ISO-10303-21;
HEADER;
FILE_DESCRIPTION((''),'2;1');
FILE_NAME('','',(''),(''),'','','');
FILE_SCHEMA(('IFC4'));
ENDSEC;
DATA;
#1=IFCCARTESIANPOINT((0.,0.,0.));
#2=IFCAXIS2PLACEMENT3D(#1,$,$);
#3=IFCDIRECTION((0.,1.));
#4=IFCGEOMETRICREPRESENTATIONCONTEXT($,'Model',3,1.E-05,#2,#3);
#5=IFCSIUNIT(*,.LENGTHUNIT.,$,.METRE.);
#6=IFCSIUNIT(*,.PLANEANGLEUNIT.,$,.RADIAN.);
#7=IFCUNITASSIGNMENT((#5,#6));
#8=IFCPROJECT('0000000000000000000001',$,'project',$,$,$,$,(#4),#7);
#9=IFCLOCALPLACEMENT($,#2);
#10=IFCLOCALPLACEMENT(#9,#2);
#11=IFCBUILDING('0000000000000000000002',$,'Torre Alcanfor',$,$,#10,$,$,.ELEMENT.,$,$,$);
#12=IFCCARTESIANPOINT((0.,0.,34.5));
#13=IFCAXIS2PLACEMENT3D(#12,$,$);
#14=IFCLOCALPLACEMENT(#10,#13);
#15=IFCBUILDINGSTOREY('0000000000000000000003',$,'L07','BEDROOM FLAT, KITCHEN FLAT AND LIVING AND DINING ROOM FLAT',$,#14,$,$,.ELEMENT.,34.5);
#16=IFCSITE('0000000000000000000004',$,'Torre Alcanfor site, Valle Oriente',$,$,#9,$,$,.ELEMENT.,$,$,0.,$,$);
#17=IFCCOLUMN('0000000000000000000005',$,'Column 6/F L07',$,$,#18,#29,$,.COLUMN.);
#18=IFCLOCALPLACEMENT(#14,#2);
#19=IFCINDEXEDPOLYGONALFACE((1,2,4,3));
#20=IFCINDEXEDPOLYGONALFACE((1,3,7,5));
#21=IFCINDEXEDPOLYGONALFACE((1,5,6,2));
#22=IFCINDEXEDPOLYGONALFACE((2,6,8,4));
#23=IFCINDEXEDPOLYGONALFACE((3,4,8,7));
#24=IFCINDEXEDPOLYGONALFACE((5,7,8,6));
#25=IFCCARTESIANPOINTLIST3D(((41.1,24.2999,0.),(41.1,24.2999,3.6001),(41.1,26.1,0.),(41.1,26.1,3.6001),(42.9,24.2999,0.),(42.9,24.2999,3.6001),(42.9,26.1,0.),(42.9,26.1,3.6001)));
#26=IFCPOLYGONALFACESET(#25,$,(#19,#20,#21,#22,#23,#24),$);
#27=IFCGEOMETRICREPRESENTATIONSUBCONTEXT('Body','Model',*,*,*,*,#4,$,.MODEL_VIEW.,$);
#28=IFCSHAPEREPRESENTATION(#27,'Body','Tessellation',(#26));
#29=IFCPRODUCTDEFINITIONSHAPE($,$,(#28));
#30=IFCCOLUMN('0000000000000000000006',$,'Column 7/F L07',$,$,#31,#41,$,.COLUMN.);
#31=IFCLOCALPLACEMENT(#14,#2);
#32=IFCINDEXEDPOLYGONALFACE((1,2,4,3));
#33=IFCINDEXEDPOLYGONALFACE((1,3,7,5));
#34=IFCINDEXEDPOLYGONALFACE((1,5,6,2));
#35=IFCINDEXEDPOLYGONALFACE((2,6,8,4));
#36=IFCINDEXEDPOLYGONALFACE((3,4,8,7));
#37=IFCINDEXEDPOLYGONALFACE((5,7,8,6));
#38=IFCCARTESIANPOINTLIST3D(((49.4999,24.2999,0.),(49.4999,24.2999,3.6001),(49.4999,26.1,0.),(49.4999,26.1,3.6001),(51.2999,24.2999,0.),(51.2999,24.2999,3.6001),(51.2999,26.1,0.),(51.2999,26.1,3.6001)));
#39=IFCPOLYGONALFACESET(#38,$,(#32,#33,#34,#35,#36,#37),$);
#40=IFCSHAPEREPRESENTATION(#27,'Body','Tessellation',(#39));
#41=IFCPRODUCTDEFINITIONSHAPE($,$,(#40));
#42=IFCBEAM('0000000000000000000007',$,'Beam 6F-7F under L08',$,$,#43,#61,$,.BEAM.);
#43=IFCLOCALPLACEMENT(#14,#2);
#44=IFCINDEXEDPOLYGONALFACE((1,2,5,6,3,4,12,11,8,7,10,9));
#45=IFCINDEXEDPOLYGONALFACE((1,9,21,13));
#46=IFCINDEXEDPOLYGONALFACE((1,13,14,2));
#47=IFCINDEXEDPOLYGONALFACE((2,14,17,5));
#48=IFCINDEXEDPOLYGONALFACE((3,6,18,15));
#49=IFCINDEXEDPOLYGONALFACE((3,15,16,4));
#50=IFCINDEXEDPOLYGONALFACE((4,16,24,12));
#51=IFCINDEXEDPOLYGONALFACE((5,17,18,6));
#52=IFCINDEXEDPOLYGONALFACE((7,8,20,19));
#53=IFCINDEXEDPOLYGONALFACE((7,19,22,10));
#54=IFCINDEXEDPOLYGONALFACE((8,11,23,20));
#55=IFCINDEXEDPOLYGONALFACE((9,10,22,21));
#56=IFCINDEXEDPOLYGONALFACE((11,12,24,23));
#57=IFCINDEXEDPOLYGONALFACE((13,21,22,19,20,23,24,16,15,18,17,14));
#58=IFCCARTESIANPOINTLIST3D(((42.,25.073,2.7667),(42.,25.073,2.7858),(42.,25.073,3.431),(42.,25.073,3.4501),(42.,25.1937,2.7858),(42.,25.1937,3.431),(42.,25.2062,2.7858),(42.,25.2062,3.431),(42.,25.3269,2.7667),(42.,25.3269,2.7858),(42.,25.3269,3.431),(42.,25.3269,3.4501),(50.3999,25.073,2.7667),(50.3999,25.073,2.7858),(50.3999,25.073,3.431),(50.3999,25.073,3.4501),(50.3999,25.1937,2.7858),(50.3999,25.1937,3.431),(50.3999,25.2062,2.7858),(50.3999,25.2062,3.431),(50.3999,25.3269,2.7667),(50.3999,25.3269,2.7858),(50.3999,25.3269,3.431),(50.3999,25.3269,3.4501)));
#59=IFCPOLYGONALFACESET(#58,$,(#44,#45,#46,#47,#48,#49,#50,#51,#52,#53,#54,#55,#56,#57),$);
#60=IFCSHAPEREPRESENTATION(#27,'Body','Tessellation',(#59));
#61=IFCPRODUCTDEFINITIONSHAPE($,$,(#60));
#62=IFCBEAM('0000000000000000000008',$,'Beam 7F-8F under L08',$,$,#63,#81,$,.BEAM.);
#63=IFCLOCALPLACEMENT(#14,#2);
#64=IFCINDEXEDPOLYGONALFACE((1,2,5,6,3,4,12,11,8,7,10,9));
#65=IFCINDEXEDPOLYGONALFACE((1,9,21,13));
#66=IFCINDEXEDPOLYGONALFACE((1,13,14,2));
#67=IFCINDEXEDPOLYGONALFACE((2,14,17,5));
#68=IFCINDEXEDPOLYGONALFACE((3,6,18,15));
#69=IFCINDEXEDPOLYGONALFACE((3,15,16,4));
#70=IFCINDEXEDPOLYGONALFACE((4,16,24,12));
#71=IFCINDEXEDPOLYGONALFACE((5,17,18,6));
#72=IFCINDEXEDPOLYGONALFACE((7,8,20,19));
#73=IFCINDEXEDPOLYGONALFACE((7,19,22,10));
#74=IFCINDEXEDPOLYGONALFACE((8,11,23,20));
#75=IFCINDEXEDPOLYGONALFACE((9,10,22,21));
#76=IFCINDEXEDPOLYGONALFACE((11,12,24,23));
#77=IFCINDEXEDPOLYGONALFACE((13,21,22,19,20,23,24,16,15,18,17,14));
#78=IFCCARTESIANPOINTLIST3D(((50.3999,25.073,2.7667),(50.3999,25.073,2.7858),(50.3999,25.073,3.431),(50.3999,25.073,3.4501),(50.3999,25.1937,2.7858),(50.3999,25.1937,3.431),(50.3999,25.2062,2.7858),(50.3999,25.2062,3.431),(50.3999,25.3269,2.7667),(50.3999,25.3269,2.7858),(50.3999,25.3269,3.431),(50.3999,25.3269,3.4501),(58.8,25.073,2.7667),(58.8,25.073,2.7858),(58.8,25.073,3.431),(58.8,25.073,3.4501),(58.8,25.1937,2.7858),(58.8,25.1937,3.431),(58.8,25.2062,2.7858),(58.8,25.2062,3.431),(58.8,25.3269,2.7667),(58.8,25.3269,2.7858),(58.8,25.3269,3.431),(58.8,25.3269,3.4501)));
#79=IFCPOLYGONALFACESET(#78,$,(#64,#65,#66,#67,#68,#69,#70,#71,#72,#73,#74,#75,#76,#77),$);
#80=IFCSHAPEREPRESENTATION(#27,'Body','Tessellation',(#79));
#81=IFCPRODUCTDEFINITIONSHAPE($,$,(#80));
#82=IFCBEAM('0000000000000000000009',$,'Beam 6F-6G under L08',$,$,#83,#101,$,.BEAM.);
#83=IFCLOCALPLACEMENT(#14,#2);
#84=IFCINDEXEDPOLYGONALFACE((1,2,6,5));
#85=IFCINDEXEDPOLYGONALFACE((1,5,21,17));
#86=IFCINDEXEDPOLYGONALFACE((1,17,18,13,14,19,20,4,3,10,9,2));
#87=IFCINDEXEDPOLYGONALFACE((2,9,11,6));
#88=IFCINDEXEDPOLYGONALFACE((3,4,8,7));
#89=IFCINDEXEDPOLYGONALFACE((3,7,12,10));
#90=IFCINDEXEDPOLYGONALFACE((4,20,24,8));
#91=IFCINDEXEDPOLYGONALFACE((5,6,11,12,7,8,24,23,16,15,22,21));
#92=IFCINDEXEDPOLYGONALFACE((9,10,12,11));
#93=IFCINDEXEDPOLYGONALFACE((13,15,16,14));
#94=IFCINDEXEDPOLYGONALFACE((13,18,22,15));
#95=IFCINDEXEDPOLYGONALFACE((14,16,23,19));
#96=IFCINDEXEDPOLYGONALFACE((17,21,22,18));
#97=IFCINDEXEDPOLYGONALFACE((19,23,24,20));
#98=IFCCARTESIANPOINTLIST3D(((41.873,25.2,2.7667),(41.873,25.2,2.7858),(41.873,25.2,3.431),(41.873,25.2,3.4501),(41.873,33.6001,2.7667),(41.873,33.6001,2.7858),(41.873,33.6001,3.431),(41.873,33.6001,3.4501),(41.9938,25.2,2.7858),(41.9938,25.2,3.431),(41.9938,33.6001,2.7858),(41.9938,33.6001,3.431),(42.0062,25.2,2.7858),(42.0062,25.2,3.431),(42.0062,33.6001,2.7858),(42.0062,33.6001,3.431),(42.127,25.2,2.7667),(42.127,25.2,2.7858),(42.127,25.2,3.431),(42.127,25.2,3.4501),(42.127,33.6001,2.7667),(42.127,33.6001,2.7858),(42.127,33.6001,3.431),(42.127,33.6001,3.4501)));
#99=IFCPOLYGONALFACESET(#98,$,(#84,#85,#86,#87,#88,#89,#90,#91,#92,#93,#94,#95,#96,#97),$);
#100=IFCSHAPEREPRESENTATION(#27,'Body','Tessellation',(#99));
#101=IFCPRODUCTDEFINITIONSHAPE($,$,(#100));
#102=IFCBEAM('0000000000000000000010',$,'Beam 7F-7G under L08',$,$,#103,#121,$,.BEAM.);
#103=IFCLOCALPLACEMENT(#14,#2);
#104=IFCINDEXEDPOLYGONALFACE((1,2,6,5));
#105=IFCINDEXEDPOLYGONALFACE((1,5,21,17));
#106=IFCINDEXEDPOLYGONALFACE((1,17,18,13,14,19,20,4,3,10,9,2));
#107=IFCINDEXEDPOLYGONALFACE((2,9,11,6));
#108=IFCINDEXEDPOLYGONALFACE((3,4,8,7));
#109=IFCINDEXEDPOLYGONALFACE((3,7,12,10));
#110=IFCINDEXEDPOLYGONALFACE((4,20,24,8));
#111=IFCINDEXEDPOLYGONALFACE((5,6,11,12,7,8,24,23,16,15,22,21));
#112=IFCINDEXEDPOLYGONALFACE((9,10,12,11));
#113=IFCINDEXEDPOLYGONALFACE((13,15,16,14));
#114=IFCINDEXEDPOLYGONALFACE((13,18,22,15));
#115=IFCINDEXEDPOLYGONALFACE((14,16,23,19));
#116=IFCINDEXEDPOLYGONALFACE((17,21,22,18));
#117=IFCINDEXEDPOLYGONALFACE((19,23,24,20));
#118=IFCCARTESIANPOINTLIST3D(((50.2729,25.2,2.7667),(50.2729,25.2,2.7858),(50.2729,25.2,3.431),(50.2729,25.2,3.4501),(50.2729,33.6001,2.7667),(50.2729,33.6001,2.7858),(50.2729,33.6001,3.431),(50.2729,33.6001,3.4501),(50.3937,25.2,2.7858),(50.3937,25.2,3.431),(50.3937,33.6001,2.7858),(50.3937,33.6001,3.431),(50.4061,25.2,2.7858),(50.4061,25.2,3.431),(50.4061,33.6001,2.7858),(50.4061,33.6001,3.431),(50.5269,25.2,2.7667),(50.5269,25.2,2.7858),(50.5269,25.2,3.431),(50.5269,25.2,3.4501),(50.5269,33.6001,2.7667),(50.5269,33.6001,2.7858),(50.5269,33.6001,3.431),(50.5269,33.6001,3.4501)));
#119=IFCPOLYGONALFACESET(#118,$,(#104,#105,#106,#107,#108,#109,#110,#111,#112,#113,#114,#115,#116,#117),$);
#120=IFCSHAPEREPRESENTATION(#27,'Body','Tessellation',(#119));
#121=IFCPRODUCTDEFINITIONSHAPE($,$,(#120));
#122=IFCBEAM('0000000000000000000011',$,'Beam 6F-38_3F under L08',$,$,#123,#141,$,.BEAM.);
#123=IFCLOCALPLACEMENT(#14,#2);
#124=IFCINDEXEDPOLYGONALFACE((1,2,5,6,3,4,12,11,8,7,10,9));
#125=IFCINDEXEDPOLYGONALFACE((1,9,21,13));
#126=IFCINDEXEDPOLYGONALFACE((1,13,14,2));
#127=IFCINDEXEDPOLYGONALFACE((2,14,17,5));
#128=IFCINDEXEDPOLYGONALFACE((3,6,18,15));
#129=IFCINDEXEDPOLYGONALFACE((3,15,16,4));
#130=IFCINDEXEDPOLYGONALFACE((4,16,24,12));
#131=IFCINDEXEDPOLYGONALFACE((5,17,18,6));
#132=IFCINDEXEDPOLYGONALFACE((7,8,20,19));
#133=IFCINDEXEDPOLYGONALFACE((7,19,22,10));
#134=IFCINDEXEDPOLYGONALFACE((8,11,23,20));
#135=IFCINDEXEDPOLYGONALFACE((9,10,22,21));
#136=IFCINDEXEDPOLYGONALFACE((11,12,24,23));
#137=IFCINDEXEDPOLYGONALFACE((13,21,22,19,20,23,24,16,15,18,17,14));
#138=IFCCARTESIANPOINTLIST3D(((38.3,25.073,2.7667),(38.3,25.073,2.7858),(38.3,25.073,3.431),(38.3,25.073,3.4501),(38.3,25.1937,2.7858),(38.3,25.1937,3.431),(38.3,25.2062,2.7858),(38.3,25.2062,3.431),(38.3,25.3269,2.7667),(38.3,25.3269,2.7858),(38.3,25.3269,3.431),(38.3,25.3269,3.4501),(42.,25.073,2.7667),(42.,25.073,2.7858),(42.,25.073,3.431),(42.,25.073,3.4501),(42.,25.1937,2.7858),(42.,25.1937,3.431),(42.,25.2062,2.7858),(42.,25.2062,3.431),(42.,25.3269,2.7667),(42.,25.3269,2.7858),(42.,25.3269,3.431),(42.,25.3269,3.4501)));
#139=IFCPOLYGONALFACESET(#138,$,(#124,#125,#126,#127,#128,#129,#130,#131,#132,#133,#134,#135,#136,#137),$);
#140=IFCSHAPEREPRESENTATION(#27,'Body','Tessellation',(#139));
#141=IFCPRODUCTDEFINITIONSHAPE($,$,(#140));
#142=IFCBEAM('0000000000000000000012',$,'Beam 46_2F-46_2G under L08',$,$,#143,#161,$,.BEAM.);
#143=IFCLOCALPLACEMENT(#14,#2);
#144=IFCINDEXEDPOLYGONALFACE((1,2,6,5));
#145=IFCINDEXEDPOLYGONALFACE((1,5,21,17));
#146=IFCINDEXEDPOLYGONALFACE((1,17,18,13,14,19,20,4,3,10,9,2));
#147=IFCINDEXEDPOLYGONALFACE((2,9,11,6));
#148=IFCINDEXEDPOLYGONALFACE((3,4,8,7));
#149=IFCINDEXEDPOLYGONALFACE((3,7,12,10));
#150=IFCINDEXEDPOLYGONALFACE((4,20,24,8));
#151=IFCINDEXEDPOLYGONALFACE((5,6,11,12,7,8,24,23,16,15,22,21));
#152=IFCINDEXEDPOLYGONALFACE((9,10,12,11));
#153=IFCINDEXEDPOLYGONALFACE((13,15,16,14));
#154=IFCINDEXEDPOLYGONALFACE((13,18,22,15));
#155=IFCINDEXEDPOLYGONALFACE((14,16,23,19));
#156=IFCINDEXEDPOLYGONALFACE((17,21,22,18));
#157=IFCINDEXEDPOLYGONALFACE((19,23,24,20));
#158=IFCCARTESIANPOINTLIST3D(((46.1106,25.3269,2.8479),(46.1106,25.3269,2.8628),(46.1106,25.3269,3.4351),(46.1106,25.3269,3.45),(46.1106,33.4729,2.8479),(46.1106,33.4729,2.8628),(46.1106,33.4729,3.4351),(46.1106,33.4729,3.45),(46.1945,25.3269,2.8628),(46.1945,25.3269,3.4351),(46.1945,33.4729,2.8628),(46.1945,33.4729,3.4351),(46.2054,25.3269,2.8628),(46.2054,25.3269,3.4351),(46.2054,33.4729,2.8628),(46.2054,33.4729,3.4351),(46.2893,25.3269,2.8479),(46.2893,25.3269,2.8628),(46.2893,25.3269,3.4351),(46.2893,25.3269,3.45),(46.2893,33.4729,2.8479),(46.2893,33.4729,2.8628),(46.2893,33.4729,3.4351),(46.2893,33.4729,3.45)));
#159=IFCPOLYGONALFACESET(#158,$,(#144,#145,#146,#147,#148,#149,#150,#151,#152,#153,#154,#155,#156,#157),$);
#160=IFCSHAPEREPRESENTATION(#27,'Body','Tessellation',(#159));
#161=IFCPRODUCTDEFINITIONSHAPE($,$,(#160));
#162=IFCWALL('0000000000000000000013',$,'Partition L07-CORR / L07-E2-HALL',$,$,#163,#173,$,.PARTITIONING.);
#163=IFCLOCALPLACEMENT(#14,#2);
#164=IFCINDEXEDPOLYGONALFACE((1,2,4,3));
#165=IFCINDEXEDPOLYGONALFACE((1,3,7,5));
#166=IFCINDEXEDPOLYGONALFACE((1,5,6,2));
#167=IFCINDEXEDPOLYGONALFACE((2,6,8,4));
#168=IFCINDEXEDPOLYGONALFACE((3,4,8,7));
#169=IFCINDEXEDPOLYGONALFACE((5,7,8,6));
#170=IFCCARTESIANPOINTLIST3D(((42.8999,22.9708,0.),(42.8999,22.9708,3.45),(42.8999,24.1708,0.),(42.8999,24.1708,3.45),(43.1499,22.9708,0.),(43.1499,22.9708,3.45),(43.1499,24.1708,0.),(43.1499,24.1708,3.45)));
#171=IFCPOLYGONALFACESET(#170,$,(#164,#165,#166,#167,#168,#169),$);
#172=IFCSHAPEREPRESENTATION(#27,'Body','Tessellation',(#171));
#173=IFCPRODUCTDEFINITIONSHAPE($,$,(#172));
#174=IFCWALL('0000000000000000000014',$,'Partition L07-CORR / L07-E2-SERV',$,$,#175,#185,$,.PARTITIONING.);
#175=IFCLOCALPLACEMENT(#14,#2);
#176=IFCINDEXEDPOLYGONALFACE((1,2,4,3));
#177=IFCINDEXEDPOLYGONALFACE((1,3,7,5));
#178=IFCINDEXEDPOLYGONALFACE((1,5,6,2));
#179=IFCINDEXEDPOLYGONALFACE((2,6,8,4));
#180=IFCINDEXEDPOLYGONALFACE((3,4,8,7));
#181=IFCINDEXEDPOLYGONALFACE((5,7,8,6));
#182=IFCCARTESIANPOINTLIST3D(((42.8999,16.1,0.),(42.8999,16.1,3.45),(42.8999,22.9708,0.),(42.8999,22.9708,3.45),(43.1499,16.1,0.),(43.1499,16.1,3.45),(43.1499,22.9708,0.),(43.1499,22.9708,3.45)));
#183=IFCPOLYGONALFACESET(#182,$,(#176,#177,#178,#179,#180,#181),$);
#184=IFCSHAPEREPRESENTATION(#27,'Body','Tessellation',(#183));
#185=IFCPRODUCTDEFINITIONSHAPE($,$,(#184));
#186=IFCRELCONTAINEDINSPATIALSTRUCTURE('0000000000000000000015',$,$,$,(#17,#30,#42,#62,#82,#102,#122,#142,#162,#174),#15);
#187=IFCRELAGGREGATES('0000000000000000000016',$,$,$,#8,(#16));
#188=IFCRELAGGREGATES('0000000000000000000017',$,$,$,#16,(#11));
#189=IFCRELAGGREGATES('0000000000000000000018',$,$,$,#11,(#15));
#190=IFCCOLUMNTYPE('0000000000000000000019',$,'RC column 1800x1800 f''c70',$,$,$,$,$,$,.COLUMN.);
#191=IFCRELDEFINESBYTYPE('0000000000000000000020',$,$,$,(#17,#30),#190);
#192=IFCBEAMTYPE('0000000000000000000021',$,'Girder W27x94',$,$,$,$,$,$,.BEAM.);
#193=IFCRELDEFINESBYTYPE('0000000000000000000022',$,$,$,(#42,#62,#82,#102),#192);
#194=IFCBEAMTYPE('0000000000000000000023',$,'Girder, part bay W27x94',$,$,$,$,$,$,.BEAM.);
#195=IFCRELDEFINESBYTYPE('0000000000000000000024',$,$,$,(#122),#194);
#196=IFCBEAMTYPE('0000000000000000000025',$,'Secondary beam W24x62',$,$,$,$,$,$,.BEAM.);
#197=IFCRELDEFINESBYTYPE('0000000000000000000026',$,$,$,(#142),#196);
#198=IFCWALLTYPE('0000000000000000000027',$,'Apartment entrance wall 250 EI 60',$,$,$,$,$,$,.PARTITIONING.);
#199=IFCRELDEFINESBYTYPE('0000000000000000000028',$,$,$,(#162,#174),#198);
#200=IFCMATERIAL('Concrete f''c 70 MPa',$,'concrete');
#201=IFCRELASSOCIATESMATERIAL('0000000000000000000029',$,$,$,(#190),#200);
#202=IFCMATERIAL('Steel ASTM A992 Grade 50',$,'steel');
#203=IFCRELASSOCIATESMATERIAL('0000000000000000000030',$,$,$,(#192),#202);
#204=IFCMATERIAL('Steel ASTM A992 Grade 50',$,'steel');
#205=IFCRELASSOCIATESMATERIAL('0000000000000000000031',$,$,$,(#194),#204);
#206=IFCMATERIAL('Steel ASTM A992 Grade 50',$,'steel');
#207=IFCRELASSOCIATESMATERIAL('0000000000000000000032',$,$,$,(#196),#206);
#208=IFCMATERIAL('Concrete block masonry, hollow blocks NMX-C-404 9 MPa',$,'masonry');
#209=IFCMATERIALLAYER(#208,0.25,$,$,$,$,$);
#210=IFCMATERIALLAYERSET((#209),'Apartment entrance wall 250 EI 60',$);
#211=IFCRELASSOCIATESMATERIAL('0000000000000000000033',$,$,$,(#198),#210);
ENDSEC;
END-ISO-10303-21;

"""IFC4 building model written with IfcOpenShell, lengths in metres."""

from ifc_helpers import new_model, si_unit, direction, frame, frame_2d, origin, origin_2d, place, context, subcontext, project, spatial, rectangle, i_section, extrude, material, layer, layer_set, material_profile, profile_set, type_object, element, save


model = new_model("IFC4")

# Units and contexts
model_context = context("Model", 3, precision=1e-05, world=origin(), true_north=direction((0.0, 1.0)))
body_context = subcontext(model_context, "Body", "Model", "MODEL_VIEW")
ifc_project = project(units=[si_unit("LENGTHUNIT", "METRE"), si_unit("PLANEANGLEUNIT", "RADIAN")], contexts=[model_context])

# Site, building, storey
site_placement = place(None, origin())
site = spatial("IfcSite", under=ifc_project, at=site_placement, Name="Torre Alcanfor site, Valle Oriente", CompositionType="ELEMENT", RefElevation=0.0)
building_placement = place(site_placement, origin())
building = spatial("IfcBuilding", under=site, at=building_placement, Name="Torre Alcanfor", CompositionType="ELEMENT")
storey_placement = place(building_placement, frame((0.0, 0.0, 34.5)))
storey = spatial("IfcBuildingStorey", under=building, at=storey_placement, Name="L07", Description="BEDROOM FLAT, KITCHEN FLAT AND LIVING AND DINING ROOM FLAT", CompositionType="ELEMENT", Elevation=34.5)

# Columns
ifc_material_1 = material(Name="Concrete f'c 70 MPa", Category="concrete")
ifc_material_profile_1 = material_profile(ifc_material_1, rectangle(XDim=1.8, YDim=1.8, at=origin_2d()), Name="1800x1800")
ifc_profile_set_1 = profile_set([ifc_material_profile_1], Name="Concrete f'c 70 MPa")
column_type = type_object("IfcColumnType", Name="RC column 1800x1800 f'c70", PredefinedType="COLUMN", material=ifc_profile_set_1)
for number, where, z_axis, x_axis, name in (
    (1, (42.0, 25.2, 0.0), (0.0, 0.0, 1.0), (1.0, 0.0, 0.0), "Column 6/F L07"),
    (2, (50.3999, 25.2, 0.0), (0.0, 0.0, 1.0), (1.0, 0.0, 0.0), "Column 7/F L07"),
):
    element("IfcColumn", number, at=place(storey_placement, frame(where, z_axis=z_axis, x_axis=x_axis)), inside=storey, type_object=column_type, Name=name, PredefinedType="COLUMN", context=body_context, shape_type="SweptSolid", body=[
        extrude(rectangle(XDim=1.8, YDim=1.8, at=origin_2d()), origin(), (0.0, 0.0, 1.0), 3.6001),
    ])

# Beams
ifc_material_2 = material(Name="Steel ASTM A992 Grade 50", Category="steel")
ifc_material_profile_2 = material_profile(ifc_material_2, i_section(OverallWidth=0.2539, OverallDepth=0.6833, WebThickness=0.0125, FlangeThickness=0.019, at=origin_2d()), Name="W27x94")
ifc_profile_set_2 = profile_set([ifc_material_profile_2], Name="Steel ASTM A992 Grade 50")
beam_type_1 = type_object("IfcBeamType", Name="Girder W27x94", PredefinedType="BEAM", material=ifc_profile_set_2)
beam_1_placement = place(storey_placement, frame((42.0, 25.2, 3.1084), z_axis=(1.0, 0.0, 0.0), x_axis=(0.0, 1.0, 0.0)))
element("IfcBeam", 3, at=beam_1_placement, inside=storey, type_object=beam_type_1, Name="Beam 6F-7F under L08", PredefinedType="BEAM", context=body_context, shape_type="SweptSolid", body=[
    extrude(i_section(OverallWidth=0.2539, OverallDepth=0.6833, WebThickness=0.0125, FlangeThickness=0.019, at=origin_2d()), origin(), (0.0, 0.0, 1.0), 8.3999),
])
for number, where, z_axis, x_axis, name in (
    (4, (50.3999, 25.2, 3.1084), (1.0, 0.0, 0.0), (0.0, 1.0, 0.0), "Beam 7F-8F under L08"),
    (5, (42.0, 25.2, 3.1084), (0.0, 1.0, 0.0), (-1.0, 0.0, 0.0), "Beam 6F-6G under L08"),
    (6, (50.3999, 25.2, 3.1084), (0.0, 1.0, 0.0), (-1.0, 0.0, 0.0), "Beam 7F-7G under L08"),
):
    element("IfcBeam", number, at=place(storey_placement, frame(where, z_axis=z_axis, x_axis=x_axis)), inside=storey, type_object=beam_type_1, Name=name, PredefinedType="BEAM", context=body_context, shape_type="SweptSolid", body=[
        extrude(i_section(OverallWidth=0.2539, OverallDepth=0.6833, WebThickness=0.0125, FlangeThickness=0.019, at=origin_2d()), origin(), (0.0, 0.0, 1.0), 8.4001),
    ])
ifc_material_3 = material(Name="Steel ASTM A992 Grade 50", Category="steel")
ifc_material_profile_3 = material_profile(ifc_material_3, i_section(OverallWidth=0.2539, OverallDepth=0.6833, WebThickness=0.0125, FlangeThickness=0.019, at=origin_2d()), Name="W27x94")
ifc_profile_set_3 = profile_set([ifc_material_profile_3], Name="Steel ASTM A992 Grade 50")
beam_type_2 = type_object("IfcBeamType", Name="Girder, part bay W27x94", PredefinedType="BEAM", material=ifc_profile_set_3)
beam_2_placement = place(storey_placement, frame((42.0, 25.2, 3.1084), z_axis=(-1.0, 0.0, 0.0), x_axis=(0.0, -1.0, 0.0)))
element("IfcBeam", 7, at=beam_2_placement, inside=storey, type_object=beam_type_2, Name="Beam 6F-38_3F under L08", PredefinedType="BEAM", context=body_context, shape_type="SweptSolid", body=[
    extrude(i_section(OverallWidth=0.2539, OverallDepth=0.6833, WebThickness=0.0125, FlangeThickness=0.019, at=origin_2d()), origin(), (0.0, 0.0, 1.0), 3.7),
])
ifc_material_4 = material(Name="Steel ASTM A992 Grade 50", Category="steel")
ifc_material_profile_4 = material_profile(ifc_material_4, i_section(OverallWidth=0.1787, OverallDepth=0.6021, WebThickness=0.011, FlangeThickness=0.0149, at=origin_2d()), Name="W24x62")
ifc_profile_set_4 = profile_set([ifc_material_profile_4], Name="Steel ASTM A992 Grade 50")
beam_type_3 = type_object("IfcBeamType", Name="Secondary beam W24x62", PredefinedType="BEAM", material=ifc_profile_set_4)
beam_3_placement = place(storey_placement, frame((46.2, 25.3269, 3.1489), z_axis=(0.0, 1.0, 0.0), x_axis=(-1.0, 0.0, 0.0)))
element("IfcBeam", 8, at=beam_3_placement, inside=storey, type_object=beam_type_3, Name="Beam 46_2F-46_2G under L08", PredefinedType="BEAM", context=body_context, shape_type="SweptSolid", body=[
    extrude(i_section(OverallWidth=0.1787, OverallDepth=0.6021, WebThickness=0.011, FlangeThickness=0.0149, at=origin_2d()), origin(), (0.0, 0.0, 1.0), 8.146),
])

# Walls
ifc_material_5 = material(Name="Concrete block masonry, hollow blocks NMX-C-404 9 MPa", Category="masonry")
ifc_layer_1 = layer(ifc_material_5, 0.25)
ifc_layer_set_1 = layer_set([ifc_layer_1], Name="Apartment entrance wall 250 EI 60")
wall_type_1 = type_object("IfcWallType", Name="Apartment entrance wall 250 EI 60", PredefinedType="PARTITIONING", material=ifc_layer_set_1)
wall_1_placement = place(storey_placement, frame((43.0249, 24.1709, 0.0), z_axis=(0.0, 0.0, 1.0), x_axis=(0.0, -1.0, 0.0)))
element("IfcWall", 9, at=wall_1_placement, inside=storey, type_object=wall_type_1, Name="Partition L07-CORR / L07-E2-HALL", PredefinedType="PARTITIONING", context=body_context, shape_type="SweptSolid", body=[
    extrude(rectangle(XDim=1.2, YDim=0.25, at=frame_2d((0.6001, 0.0))), origin(), (0.0, 0.0, 1.0), 3.45),
])
wall_2_placement = place(storey_placement, frame((43.0249, 22.9709, 0.0), z_axis=(0.0, 0.0, 1.0), x_axis=(0.0, -1.0, 0.0)))
element("IfcWall", 10, at=wall_2_placement, inside=storey, type_object=wall_type_1, Name="Partition L07-CORR / L07-E2-SERV", PredefinedType="PARTITIONING", context=body_context, shape_type="SweptSolid", body=[
    extrude(rectangle(XDim=6.8708, YDim=0.25, at=frame_2d((3.4355, 0.0))), origin(), (0.0, 0.0, 1.0), 3.45),
])

save(model, "model.ifc")
